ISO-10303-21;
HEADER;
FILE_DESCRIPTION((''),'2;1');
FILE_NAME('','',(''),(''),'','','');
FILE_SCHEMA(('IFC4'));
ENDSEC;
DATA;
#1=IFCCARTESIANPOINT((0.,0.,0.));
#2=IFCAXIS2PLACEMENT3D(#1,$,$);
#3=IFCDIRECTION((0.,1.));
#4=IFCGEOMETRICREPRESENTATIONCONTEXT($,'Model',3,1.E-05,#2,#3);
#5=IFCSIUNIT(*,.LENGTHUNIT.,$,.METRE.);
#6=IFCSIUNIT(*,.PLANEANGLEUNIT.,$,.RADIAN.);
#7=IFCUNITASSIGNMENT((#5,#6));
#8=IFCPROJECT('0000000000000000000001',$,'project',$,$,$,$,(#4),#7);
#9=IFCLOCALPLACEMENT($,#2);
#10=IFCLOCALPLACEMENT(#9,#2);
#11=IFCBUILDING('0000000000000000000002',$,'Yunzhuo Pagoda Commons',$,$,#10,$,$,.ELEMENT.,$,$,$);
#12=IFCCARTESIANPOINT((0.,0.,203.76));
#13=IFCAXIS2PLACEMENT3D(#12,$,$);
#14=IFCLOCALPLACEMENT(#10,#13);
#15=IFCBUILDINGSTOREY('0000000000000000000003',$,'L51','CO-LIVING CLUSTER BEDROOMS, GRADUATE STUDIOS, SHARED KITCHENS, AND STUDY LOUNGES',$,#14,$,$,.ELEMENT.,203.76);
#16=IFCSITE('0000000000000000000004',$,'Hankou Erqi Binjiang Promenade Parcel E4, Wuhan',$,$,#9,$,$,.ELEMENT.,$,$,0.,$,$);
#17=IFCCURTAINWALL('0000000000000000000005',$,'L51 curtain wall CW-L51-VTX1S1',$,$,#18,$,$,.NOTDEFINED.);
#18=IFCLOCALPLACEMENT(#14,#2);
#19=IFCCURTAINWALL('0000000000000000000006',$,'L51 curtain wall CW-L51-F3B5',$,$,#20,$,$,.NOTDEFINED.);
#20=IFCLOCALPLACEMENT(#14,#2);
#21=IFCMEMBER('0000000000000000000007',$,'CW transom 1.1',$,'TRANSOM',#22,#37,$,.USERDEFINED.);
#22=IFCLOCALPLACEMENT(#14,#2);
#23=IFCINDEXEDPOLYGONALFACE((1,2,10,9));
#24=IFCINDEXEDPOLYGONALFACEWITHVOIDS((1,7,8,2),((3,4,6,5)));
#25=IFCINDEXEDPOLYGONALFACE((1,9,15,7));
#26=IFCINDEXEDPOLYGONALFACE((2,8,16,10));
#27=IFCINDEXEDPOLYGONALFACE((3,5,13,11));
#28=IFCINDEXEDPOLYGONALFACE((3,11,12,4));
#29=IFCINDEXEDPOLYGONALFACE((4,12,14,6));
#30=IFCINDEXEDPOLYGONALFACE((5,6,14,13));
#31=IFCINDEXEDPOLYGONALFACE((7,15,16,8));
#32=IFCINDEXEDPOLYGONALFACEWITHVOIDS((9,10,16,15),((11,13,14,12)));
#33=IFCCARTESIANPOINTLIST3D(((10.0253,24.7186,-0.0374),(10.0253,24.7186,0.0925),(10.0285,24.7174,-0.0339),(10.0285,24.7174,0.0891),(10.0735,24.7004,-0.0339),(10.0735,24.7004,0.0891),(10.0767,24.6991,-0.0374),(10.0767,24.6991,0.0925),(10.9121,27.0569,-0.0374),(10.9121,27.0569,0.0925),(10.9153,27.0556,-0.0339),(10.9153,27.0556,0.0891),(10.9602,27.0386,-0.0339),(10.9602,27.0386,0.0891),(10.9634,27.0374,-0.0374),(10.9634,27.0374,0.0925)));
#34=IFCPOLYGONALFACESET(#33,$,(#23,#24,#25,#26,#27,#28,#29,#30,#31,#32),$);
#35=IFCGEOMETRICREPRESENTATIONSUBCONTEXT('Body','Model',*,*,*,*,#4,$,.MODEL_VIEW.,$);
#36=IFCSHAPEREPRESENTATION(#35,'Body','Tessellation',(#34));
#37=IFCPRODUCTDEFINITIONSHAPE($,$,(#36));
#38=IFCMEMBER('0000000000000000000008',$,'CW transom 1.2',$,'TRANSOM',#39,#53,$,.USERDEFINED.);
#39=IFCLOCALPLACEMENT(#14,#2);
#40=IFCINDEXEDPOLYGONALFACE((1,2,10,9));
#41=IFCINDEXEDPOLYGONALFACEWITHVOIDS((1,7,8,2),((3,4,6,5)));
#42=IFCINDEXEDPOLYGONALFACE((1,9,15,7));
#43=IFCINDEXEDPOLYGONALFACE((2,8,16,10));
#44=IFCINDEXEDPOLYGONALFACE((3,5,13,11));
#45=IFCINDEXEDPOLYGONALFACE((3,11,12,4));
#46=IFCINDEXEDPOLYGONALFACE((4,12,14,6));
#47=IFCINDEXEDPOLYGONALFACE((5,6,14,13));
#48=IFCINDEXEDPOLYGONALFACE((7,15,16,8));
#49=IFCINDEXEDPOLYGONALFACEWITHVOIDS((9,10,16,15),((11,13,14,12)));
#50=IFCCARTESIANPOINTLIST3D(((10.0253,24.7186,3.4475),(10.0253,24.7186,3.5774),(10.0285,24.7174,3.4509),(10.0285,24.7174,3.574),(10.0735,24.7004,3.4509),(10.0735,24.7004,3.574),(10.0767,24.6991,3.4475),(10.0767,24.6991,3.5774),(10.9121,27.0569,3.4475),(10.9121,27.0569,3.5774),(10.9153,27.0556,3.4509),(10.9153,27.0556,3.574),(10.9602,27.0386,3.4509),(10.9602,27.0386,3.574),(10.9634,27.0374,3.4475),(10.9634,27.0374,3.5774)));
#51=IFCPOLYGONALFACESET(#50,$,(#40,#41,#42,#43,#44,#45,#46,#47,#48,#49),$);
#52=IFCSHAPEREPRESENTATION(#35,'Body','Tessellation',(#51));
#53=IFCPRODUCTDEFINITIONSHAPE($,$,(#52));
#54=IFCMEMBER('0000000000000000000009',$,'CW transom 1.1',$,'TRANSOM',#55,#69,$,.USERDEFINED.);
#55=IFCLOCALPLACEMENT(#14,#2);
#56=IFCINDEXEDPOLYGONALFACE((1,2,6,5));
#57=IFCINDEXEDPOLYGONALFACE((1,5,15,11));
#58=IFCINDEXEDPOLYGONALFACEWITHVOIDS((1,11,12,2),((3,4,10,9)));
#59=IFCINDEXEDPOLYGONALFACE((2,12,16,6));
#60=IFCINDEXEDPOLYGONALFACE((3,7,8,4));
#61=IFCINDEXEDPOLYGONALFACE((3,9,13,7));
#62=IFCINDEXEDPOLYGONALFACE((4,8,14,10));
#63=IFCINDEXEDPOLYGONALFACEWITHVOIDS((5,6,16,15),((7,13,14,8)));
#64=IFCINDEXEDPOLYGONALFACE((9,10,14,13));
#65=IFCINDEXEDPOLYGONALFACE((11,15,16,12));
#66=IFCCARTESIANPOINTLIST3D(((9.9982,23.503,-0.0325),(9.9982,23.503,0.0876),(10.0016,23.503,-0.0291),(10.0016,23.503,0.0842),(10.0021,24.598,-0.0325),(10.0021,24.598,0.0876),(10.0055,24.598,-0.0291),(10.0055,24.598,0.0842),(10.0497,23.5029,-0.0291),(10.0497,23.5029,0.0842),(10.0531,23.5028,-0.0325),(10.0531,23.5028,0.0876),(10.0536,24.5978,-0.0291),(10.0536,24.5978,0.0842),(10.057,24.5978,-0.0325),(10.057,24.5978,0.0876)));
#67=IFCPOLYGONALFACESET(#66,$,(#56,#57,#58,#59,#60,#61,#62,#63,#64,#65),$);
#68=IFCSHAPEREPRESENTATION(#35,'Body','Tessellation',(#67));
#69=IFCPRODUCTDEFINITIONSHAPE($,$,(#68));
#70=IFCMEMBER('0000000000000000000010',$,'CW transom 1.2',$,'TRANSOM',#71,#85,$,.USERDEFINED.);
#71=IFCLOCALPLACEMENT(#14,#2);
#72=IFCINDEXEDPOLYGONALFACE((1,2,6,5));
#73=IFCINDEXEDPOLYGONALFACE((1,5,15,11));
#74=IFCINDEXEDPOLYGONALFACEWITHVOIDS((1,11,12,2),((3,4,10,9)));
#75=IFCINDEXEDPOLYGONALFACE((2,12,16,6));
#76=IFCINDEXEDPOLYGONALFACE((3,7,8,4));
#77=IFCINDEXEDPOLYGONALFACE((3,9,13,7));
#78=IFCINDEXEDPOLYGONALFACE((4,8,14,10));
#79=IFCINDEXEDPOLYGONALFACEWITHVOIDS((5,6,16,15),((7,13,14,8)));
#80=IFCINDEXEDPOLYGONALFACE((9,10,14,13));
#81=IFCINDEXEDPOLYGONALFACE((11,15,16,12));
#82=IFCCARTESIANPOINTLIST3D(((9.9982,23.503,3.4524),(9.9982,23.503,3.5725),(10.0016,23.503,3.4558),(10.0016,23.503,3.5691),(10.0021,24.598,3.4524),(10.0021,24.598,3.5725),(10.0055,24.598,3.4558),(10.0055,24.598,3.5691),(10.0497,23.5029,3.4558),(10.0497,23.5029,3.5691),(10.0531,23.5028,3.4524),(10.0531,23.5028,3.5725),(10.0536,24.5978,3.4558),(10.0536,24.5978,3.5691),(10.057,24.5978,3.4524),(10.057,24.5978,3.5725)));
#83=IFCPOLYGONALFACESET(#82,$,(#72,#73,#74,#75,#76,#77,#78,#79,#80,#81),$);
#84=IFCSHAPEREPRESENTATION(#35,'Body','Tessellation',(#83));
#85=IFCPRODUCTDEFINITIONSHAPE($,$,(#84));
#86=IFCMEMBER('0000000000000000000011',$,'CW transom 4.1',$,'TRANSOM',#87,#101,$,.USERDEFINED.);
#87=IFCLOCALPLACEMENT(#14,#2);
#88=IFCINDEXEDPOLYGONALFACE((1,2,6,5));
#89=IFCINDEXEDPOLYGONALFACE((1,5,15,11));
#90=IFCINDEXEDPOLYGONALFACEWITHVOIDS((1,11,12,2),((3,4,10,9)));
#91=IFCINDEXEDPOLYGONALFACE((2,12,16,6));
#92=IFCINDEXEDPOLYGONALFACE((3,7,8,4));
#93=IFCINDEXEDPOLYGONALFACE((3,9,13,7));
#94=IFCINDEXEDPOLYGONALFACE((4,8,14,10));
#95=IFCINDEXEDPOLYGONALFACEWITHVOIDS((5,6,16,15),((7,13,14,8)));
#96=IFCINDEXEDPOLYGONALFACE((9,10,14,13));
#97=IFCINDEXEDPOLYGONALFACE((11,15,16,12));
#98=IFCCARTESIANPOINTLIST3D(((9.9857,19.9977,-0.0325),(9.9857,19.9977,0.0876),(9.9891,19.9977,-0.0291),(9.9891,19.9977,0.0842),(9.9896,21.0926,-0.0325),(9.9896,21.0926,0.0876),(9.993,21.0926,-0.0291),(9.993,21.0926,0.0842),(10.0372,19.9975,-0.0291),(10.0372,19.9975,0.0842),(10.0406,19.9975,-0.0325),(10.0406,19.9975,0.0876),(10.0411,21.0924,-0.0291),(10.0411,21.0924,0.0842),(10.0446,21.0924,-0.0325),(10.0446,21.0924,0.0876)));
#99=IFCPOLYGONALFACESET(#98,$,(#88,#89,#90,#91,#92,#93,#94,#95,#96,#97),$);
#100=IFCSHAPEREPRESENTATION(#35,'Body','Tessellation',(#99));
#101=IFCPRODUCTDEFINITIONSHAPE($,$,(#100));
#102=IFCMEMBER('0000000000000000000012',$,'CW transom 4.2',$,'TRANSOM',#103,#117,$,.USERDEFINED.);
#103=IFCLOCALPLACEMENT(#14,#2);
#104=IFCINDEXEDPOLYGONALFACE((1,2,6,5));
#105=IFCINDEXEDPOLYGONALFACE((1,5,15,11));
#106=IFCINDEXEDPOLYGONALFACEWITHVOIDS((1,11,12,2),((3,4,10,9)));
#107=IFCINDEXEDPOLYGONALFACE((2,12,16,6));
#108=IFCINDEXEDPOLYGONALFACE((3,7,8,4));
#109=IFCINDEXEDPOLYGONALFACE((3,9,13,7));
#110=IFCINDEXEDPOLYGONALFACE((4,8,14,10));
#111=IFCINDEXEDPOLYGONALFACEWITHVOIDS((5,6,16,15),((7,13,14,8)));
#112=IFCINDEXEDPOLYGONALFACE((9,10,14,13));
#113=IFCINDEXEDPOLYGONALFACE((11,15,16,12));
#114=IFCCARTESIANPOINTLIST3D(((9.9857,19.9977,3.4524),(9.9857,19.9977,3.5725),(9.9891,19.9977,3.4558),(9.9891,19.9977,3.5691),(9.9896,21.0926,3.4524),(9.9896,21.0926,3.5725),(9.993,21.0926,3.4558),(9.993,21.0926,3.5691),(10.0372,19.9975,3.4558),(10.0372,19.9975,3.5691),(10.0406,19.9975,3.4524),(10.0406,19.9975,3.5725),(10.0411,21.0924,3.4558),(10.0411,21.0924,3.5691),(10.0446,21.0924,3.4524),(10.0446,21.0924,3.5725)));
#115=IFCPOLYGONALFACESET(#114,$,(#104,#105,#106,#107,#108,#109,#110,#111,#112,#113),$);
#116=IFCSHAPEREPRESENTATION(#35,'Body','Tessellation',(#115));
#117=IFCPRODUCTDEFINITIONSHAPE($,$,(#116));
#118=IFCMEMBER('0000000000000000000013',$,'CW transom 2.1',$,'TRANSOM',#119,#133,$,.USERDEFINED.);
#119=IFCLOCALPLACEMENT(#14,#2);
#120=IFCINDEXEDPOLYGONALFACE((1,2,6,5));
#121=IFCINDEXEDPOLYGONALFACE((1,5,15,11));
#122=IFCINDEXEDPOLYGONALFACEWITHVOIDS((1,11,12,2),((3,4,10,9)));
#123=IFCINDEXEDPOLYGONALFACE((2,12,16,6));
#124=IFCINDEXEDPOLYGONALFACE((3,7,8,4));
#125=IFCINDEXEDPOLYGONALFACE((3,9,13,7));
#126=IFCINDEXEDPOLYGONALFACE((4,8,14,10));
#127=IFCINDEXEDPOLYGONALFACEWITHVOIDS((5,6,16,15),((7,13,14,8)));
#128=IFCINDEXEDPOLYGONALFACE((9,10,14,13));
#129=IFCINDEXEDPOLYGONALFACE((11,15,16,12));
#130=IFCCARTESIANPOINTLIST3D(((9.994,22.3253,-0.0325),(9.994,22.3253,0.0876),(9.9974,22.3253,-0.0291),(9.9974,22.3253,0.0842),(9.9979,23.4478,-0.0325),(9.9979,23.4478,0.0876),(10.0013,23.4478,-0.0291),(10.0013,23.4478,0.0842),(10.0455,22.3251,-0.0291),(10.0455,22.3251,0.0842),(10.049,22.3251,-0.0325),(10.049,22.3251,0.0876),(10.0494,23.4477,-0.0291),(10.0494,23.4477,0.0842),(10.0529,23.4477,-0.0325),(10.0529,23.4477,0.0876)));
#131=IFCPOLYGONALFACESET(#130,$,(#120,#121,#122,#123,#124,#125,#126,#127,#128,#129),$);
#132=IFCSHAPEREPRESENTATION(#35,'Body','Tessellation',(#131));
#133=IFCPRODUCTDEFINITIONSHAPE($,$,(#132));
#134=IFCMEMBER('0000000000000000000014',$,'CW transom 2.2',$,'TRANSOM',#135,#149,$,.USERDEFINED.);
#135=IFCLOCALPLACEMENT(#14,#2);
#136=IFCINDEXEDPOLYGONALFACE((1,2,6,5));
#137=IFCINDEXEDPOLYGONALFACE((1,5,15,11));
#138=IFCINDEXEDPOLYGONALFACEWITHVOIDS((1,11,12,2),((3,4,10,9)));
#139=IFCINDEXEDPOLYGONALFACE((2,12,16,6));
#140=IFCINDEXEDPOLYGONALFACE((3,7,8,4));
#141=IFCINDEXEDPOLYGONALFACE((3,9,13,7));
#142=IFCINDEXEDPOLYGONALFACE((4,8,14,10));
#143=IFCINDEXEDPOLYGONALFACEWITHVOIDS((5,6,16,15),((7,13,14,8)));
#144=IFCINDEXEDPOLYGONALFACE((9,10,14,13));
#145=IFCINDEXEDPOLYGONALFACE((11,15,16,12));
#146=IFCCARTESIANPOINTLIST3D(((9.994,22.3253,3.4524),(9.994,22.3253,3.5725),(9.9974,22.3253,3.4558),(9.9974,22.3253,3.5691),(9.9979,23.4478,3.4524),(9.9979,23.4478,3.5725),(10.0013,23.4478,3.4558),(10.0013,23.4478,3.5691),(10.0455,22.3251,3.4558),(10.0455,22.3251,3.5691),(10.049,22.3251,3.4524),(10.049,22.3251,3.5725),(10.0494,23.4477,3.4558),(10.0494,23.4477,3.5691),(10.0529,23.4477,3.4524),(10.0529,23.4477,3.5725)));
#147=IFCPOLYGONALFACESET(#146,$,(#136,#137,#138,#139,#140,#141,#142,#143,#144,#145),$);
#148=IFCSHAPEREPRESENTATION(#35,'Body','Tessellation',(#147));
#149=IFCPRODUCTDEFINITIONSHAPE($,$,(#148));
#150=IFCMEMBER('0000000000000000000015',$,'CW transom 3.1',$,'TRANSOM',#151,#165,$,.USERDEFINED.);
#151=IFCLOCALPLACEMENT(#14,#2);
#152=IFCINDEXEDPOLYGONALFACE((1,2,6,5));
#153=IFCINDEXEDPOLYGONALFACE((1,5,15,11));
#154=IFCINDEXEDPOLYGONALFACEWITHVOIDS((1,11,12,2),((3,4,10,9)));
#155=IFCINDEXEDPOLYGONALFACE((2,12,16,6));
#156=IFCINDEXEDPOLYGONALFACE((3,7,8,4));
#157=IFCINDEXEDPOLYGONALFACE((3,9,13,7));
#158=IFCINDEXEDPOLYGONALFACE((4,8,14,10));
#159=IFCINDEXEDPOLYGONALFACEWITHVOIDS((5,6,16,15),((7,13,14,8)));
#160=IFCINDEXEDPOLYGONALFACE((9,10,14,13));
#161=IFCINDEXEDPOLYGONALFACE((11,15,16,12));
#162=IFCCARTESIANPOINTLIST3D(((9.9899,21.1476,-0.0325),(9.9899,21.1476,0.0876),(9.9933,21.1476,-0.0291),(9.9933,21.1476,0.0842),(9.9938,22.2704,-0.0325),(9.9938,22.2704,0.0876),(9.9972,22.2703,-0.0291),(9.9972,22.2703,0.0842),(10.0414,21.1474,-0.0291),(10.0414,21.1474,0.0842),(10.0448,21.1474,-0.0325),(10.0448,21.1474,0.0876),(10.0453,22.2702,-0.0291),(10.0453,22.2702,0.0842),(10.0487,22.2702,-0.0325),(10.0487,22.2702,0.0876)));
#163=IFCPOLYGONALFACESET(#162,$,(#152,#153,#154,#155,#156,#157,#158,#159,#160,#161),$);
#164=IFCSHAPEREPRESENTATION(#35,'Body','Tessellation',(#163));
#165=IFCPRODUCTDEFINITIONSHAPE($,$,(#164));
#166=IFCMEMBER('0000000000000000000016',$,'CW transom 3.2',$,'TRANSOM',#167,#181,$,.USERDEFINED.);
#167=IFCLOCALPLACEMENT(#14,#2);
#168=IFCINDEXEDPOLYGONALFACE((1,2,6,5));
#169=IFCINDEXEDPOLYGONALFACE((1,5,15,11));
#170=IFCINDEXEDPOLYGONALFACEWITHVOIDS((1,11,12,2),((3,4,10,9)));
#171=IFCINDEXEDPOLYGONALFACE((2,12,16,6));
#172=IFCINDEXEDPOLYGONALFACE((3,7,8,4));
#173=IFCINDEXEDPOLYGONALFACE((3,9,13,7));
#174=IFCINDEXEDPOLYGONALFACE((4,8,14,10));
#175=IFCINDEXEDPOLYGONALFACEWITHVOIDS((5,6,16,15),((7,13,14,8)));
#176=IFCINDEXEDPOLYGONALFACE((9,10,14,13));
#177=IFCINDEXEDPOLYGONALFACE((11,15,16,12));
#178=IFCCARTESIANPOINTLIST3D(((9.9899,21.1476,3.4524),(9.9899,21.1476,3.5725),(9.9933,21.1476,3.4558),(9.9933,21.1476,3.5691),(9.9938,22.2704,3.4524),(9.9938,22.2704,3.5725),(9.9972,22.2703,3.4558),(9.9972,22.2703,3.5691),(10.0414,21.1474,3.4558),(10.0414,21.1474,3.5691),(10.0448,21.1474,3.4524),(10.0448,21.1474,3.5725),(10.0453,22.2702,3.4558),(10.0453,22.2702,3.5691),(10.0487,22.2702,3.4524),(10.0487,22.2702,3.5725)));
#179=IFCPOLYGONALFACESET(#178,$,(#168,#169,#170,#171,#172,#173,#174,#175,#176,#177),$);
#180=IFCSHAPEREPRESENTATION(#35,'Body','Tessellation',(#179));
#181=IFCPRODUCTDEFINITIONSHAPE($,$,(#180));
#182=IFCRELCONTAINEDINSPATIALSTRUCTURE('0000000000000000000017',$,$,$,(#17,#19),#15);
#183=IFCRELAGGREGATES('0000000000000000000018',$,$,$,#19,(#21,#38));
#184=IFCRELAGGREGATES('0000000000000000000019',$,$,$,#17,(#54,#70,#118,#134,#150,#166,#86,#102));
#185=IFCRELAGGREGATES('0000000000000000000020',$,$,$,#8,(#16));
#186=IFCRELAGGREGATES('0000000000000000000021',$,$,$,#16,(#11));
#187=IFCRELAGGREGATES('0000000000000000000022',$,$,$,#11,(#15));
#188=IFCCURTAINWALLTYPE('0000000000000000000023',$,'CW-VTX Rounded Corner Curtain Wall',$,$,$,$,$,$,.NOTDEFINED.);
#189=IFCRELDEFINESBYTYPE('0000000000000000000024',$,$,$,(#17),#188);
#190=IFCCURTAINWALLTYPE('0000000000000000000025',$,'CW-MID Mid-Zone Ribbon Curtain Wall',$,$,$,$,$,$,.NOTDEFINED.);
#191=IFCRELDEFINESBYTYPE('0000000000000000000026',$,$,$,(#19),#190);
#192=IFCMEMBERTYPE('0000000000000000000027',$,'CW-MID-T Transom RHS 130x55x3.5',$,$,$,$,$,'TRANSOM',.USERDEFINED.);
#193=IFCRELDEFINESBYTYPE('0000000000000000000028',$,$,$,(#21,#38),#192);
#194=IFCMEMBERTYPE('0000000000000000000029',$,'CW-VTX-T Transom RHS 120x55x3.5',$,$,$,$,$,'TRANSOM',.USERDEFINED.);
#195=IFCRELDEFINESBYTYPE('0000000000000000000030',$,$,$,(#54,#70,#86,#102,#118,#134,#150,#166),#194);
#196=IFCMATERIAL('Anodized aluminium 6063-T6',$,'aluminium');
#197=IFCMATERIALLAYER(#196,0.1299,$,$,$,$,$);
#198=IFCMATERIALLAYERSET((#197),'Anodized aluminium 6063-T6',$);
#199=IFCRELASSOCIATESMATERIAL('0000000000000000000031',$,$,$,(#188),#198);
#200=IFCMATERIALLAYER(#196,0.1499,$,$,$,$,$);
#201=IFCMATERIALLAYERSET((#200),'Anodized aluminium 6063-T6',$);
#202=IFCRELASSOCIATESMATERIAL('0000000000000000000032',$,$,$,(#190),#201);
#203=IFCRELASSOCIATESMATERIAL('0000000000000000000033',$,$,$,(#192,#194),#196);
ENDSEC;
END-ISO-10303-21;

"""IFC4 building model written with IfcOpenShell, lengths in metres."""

from ifc_helpers import new_model, si_unit, direction, frame, origin, origin_2d, place, context, subcontext, project, spatial, hollow_rectangle, extrude, source, transform, mapped, material, layer, layer_set, material_profile, profile_set, type_object, element, aggregate, save


model = new_model("IFC4")

# Units and contexts
model_context = context("Model", 3, precision=1e-05, world=origin(), true_north=direction((0.0, 1.0)))
body_context = subcontext(model_context, "Body", "Model", "MODEL_VIEW")
ifc_project = project(units=[si_unit("LENGTHUNIT", "METRE"), si_unit("PLANEANGLEUNIT", "RADIAN")], contexts=[model_context])

# Site, building, storey
site_placement = place(None, origin())
site = spatial("IfcSite", under=ifc_project, at=site_placement, Name="Hankou Erqi Binjiang Promenade Parcel E4, Wuhan", CompositionType="ELEMENT", RefElevation=0.0)
building_placement = place(site_placement, origin())
building = spatial("IfcBuilding", under=site, at=building_placement, Name="Yunzhuo Pagoda Commons", CompositionType="ELEMENT")
storey_placement = place(building_placement, frame((0.0, 0.0, 203.76)))
storey = spatial("IfcBuildingStorey", under=building, at=storey_placement, Name="L51", Description="CO-LIVING CLUSTER BEDROOMS, GRADUATE STUDIOS, SHARED KITCHENS, AND STUDY LOUNGES", CompositionType="ELEMENT", Elevation=203.76)

# Curtain wall
ifc_material_1 = material(Name="Anodized aluminium 6063-T6", Category="aluminium")
ifc_layer_1 = layer(ifc_material_1, 0.1299)
ifc_layer_set_1 = layer_set([ifc_layer_1], Name="Anodized aluminium 6063-T6")
curtain_wall_type_1 = type_object("IfcCurtainWallType", Name="CW-VTX Rounded Corner Curtain Wall", PredefinedType="NOTDEFINED", material=ifc_layer_set_1)
curtain_wall_1_placement = place(storey_placement, origin())
curtain_wall_1 = element("IfcCurtainWall", 1, at=curtain_wall_1_placement, inside=storey, type_object=curtain_wall_type_1, Name="L51 curtain wall CW-L51-VTX1S1", PredefinedType="NOTDEFINED")

# Shared definitions
ifc_layer_2 = layer(ifc_material_1, 0.1499)
ifc_layer_set_2 = layer_set([ifc_layer_2], Name="Anodized aluminium 6063-T6")
curtain_wall_type_2 = type_object("IfcCurtainWallType", Name="CW-MID Mid-Zone Ribbon Curtain Wall", PredefinedType="NOTDEFINED", material=ifc_layer_set_2)

# Curtain wall, members
curtain_wall_2_placement = place(storey_placement, origin())
curtain_wall_2 = element("IfcCurtainWall", 2, at=curtain_wall_2_placement, inside=storey, type_object=curtain_wall_type_2, Name="L51 curtain wall CW-L51-F3B5", PredefinedType="NOTDEFINED")
ifc_material_profile_1 = material_profile(ifc_material_1, hollow_rectangle(XDim=0.0549, YDim=0.1299, WallThickness=0.0034, at=origin_2d()), Name="Anodized aluminium 6063-T6")
ifc_profile_set_1 = profile_set([ifc_material_profile_1], Name="Anodized aluminium 6063-T6")
member_type_1 = type_object("IfcMemberType", Name="CW-MID-T Transom RHS 130x55x3.5", ElementType="TRANSOM", PredefinedType="USERDEFINED", material=ifc_profile_set_1)
shared_shape_1 = source(origin(), body_context, "Body", "SweptSolid", [
    extrude(hollow_rectangle(XDim=0.0549, YDim=0.1299, WallThickness=0.0034, at=origin_2d()), origin(), (0.0, 0.0, 1.0), 2.5007),
])
member_1_placement = place(storey_placement, frame((10.9377, 27.0471, 0.0276), z_axis=(-0.354598, -0.935019, 0.0), x_axis=(0.935019, -0.354598, 0.0)))
member_1 = element("IfcMember", 3, at=member_1_placement, type_object=member_type_1, Name="CW transom 1.1", ObjectType="TRANSOM", PredefinedType="USERDEFINED", context=body_context, shape_type="MappedRepresentation", body=[
    mapped(shared_shape_1, transform((0.0, 0.0, 0.0), scale=1.0)),
])
member_2_placement = place(storey_placement, frame((10.9377, 27.0471, 3.5125), z_axis=(-0.354598, -0.935019, 0.0), x_axis=(0.935019, -0.354598, 0.0)))
member_2 = element("IfcMember", 4, at=member_2_placement, type_object=member_type_1, Name="CW transom 1.2", ObjectType="TRANSOM", PredefinedType="USERDEFINED", context=body_context, shape_type="MappedRepresentation", body=[
    mapped(shared_shape_1, transform((0.0, 0.0, 0.0), scale=1.0)),
])

# Members
ifc_material_profile_2 = material_profile(ifc_material_1, hollow_rectangle(XDim=0.0549, YDim=0.1201, WallThickness=0.0034, at=origin_2d()), Name="Anodized aluminium 6063-T6")
ifc_profile_set_2 = profile_set([ifc_material_profile_2], Name="Anodized aluminium 6063-T6")
member_type_2 = type_object("IfcMemberType", Name="CW-VTX-T Transom RHS 120x55x3.5", ElementType="TRANSOM", PredefinedType="USERDEFINED", material=ifc_profile_set_2)
shared_shape_2 = source(origin(), body_context, "Body", "SweptSolid", [
    extrude(hollow_rectangle(XDim=0.0549, YDim=0.1201, WallThickness=0.0034, at=origin_2d()), origin(), (0.0, 0.0, 1.0), 1.095),
])
member_3_placement = place(storey_placement, frame((10.0295, 24.5979, 0.0276), z_axis=(-0.003567, -0.999994, 0.0), x_axis=(0.999994, -0.003567, 0.0)))
member_3 = element("IfcMember", 5, at=member_3_placement, type_object=member_type_2, Name="CW transom 1.1", ObjectType="TRANSOM", PredefinedType="USERDEFINED", context=body_context, shape_type="MappedRepresentation", body=[
    mapped(shared_shape_2, transform((0.0, 0.0, 0.0), scale=1.0)),
])
member_4_placement = place(storey_placement, frame((10.0295, 24.5979, 3.5125), z_axis=(-0.003567, -0.999994, 0.0), x_axis=(0.999994, -0.003567, 0.0)))
member_4 = element("IfcMember", 6, at=member_4_placement, type_object=member_type_2, Name="CW transom 1.2", ObjectType="TRANSOM", PredefinedType="USERDEFINED", context=body_context, shape_type="MappedRepresentation", body=[
    mapped(shared_shape_2, transform((0.0, 0.0, 0.0), scale=1.0)),
])
member_5_placement = place(storey_placement, frame((10.0171, 21.0925, 0.0276), z_axis=(-0.003567, -0.999994, 0.0), x_axis=(0.999994, -0.003567, 0.0)))
member_5 = element("IfcMember", 7, at=member_5_placement, type_object=member_type_2, Name="CW transom 4.1", ObjectType="TRANSOM", PredefinedType="USERDEFINED", context=body_context, shape_type="MappedRepresentation", body=[
    mapped(shared_shape_2, transform((0.0, 0.0, 0.0), scale=1.0)),
])
member_6_placement = place(storey_placement, frame((10.0171, 21.0925, 3.5125), z_axis=(-0.003567, -0.999994, 0.0), x_axis=(0.999994, -0.003567, 0.0)))
member_6 = element("IfcMember", 8, at=member_6_placement, type_object=member_type_2, Name="CW transom 4.2", ObjectType="TRANSOM", PredefinedType="USERDEFINED", context=body_context, shape_type="MappedRepresentation", body=[
    mapped(shared_shape_2, transform((0.0, 0.0, 0.0), scale=1.0)),
])
shared_shape_3 = source(origin(), body_context, "Body", "SweptSolid", [
    extrude(hollow_rectangle(XDim=0.0549, YDim=0.1201, WallThickness=0.0034, at=origin_2d()), origin(), (0.0, 0.0, 1.0), 1.1226),
])
member_7_placement = place(storey_placement, frame((10.0254, 23.4478, 0.0276), z_axis=(-0.00348, -0.999994, 0.0), x_axis=(0.999994, -0.00348, 0.0)))
member_7 = element("IfcMember", 9, at=member_7_placement, type_object=member_type_2, Name="CW transom 2.1", ObjectType="TRANSOM", PredefinedType="USERDEFINED", context=body_context, shape_type="MappedRepresentation", body=[
    mapped(shared_shape_3, transform((0.0, 0.0, 0.0), scale=1.0)),
])
member_8_placement = place(storey_placement, frame((10.0254, 23.4478, 3.5125), z_axis=(-0.00348, -0.999994, 0.0), x_axis=(0.999994, -0.00348, 0.0)))
member_8 = element("IfcMember", 10, at=member_8_placement, type_object=member_type_2, Name="CW transom 2.2", ObjectType="TRANSOM", PredefinedType="USERDEFINED", context=body_context, shape_type="MappedRepresentation", body=[
    mapped(shared_shape_3, transform((0.0, 0.0, 0.0), scale=1.0)),
])
shared_shape_4 = source(origin(), body_context, "Body", "SweptSolid", [
    extrude(hollow_rectangle(XDim=0.0549, YDim=0.1201, WallThickness=0.0034, at=origin_2d()), origin(), (0.0, 0.0, 1.0), 1.1228),
])
member_9_placement = place(storey_placement, frame((10.0212, 22.2703, 0.0276), z_axis=(-0.003479, -0.999994, 0.0), x_axis=(0.999994, -0.003479, 0.0)))
member_9 = element("IfcMember", 11, at=member_9_placement, type_object=member_type_2, Name="CW transom 3.1", ObjectType="TRANSOM", PredefinedType="USERDEFINED", context=body_context, shape_type="MappedRepresentation", body=[
    mapped(shared_shape_4, transform((0.0, 0.0, 0.0), scale=1.0)),
])
member_10_placement = place(storey_placement, frame((10.0212, 22.2703, 3.5125), z_axis=(-0.003479, -0.999994, 0.0), x_axis=(0.999994, -0.003479, 0.0)))
member_10 = element("IfcMember", 12, at=member_10_placement, type_object=member_type_2, Name="CW transom 3.2", ObjectType="TRANSOM", PredefinedType="USERDEFINED", context=body_context, shape_type="MappedRepresentation", body=[
    mapped(shared_shape_4, transform((0.0, 0.0, 0.0), scale=1.0)),
])

aggregate(curtain_wall_2, [member_1, member_2])
aggregate(curtain_wall_1, [member_3, member_4, member_7, member_8, member_9, member_10, member_5, member_6])

save(model, "model.ifc")
